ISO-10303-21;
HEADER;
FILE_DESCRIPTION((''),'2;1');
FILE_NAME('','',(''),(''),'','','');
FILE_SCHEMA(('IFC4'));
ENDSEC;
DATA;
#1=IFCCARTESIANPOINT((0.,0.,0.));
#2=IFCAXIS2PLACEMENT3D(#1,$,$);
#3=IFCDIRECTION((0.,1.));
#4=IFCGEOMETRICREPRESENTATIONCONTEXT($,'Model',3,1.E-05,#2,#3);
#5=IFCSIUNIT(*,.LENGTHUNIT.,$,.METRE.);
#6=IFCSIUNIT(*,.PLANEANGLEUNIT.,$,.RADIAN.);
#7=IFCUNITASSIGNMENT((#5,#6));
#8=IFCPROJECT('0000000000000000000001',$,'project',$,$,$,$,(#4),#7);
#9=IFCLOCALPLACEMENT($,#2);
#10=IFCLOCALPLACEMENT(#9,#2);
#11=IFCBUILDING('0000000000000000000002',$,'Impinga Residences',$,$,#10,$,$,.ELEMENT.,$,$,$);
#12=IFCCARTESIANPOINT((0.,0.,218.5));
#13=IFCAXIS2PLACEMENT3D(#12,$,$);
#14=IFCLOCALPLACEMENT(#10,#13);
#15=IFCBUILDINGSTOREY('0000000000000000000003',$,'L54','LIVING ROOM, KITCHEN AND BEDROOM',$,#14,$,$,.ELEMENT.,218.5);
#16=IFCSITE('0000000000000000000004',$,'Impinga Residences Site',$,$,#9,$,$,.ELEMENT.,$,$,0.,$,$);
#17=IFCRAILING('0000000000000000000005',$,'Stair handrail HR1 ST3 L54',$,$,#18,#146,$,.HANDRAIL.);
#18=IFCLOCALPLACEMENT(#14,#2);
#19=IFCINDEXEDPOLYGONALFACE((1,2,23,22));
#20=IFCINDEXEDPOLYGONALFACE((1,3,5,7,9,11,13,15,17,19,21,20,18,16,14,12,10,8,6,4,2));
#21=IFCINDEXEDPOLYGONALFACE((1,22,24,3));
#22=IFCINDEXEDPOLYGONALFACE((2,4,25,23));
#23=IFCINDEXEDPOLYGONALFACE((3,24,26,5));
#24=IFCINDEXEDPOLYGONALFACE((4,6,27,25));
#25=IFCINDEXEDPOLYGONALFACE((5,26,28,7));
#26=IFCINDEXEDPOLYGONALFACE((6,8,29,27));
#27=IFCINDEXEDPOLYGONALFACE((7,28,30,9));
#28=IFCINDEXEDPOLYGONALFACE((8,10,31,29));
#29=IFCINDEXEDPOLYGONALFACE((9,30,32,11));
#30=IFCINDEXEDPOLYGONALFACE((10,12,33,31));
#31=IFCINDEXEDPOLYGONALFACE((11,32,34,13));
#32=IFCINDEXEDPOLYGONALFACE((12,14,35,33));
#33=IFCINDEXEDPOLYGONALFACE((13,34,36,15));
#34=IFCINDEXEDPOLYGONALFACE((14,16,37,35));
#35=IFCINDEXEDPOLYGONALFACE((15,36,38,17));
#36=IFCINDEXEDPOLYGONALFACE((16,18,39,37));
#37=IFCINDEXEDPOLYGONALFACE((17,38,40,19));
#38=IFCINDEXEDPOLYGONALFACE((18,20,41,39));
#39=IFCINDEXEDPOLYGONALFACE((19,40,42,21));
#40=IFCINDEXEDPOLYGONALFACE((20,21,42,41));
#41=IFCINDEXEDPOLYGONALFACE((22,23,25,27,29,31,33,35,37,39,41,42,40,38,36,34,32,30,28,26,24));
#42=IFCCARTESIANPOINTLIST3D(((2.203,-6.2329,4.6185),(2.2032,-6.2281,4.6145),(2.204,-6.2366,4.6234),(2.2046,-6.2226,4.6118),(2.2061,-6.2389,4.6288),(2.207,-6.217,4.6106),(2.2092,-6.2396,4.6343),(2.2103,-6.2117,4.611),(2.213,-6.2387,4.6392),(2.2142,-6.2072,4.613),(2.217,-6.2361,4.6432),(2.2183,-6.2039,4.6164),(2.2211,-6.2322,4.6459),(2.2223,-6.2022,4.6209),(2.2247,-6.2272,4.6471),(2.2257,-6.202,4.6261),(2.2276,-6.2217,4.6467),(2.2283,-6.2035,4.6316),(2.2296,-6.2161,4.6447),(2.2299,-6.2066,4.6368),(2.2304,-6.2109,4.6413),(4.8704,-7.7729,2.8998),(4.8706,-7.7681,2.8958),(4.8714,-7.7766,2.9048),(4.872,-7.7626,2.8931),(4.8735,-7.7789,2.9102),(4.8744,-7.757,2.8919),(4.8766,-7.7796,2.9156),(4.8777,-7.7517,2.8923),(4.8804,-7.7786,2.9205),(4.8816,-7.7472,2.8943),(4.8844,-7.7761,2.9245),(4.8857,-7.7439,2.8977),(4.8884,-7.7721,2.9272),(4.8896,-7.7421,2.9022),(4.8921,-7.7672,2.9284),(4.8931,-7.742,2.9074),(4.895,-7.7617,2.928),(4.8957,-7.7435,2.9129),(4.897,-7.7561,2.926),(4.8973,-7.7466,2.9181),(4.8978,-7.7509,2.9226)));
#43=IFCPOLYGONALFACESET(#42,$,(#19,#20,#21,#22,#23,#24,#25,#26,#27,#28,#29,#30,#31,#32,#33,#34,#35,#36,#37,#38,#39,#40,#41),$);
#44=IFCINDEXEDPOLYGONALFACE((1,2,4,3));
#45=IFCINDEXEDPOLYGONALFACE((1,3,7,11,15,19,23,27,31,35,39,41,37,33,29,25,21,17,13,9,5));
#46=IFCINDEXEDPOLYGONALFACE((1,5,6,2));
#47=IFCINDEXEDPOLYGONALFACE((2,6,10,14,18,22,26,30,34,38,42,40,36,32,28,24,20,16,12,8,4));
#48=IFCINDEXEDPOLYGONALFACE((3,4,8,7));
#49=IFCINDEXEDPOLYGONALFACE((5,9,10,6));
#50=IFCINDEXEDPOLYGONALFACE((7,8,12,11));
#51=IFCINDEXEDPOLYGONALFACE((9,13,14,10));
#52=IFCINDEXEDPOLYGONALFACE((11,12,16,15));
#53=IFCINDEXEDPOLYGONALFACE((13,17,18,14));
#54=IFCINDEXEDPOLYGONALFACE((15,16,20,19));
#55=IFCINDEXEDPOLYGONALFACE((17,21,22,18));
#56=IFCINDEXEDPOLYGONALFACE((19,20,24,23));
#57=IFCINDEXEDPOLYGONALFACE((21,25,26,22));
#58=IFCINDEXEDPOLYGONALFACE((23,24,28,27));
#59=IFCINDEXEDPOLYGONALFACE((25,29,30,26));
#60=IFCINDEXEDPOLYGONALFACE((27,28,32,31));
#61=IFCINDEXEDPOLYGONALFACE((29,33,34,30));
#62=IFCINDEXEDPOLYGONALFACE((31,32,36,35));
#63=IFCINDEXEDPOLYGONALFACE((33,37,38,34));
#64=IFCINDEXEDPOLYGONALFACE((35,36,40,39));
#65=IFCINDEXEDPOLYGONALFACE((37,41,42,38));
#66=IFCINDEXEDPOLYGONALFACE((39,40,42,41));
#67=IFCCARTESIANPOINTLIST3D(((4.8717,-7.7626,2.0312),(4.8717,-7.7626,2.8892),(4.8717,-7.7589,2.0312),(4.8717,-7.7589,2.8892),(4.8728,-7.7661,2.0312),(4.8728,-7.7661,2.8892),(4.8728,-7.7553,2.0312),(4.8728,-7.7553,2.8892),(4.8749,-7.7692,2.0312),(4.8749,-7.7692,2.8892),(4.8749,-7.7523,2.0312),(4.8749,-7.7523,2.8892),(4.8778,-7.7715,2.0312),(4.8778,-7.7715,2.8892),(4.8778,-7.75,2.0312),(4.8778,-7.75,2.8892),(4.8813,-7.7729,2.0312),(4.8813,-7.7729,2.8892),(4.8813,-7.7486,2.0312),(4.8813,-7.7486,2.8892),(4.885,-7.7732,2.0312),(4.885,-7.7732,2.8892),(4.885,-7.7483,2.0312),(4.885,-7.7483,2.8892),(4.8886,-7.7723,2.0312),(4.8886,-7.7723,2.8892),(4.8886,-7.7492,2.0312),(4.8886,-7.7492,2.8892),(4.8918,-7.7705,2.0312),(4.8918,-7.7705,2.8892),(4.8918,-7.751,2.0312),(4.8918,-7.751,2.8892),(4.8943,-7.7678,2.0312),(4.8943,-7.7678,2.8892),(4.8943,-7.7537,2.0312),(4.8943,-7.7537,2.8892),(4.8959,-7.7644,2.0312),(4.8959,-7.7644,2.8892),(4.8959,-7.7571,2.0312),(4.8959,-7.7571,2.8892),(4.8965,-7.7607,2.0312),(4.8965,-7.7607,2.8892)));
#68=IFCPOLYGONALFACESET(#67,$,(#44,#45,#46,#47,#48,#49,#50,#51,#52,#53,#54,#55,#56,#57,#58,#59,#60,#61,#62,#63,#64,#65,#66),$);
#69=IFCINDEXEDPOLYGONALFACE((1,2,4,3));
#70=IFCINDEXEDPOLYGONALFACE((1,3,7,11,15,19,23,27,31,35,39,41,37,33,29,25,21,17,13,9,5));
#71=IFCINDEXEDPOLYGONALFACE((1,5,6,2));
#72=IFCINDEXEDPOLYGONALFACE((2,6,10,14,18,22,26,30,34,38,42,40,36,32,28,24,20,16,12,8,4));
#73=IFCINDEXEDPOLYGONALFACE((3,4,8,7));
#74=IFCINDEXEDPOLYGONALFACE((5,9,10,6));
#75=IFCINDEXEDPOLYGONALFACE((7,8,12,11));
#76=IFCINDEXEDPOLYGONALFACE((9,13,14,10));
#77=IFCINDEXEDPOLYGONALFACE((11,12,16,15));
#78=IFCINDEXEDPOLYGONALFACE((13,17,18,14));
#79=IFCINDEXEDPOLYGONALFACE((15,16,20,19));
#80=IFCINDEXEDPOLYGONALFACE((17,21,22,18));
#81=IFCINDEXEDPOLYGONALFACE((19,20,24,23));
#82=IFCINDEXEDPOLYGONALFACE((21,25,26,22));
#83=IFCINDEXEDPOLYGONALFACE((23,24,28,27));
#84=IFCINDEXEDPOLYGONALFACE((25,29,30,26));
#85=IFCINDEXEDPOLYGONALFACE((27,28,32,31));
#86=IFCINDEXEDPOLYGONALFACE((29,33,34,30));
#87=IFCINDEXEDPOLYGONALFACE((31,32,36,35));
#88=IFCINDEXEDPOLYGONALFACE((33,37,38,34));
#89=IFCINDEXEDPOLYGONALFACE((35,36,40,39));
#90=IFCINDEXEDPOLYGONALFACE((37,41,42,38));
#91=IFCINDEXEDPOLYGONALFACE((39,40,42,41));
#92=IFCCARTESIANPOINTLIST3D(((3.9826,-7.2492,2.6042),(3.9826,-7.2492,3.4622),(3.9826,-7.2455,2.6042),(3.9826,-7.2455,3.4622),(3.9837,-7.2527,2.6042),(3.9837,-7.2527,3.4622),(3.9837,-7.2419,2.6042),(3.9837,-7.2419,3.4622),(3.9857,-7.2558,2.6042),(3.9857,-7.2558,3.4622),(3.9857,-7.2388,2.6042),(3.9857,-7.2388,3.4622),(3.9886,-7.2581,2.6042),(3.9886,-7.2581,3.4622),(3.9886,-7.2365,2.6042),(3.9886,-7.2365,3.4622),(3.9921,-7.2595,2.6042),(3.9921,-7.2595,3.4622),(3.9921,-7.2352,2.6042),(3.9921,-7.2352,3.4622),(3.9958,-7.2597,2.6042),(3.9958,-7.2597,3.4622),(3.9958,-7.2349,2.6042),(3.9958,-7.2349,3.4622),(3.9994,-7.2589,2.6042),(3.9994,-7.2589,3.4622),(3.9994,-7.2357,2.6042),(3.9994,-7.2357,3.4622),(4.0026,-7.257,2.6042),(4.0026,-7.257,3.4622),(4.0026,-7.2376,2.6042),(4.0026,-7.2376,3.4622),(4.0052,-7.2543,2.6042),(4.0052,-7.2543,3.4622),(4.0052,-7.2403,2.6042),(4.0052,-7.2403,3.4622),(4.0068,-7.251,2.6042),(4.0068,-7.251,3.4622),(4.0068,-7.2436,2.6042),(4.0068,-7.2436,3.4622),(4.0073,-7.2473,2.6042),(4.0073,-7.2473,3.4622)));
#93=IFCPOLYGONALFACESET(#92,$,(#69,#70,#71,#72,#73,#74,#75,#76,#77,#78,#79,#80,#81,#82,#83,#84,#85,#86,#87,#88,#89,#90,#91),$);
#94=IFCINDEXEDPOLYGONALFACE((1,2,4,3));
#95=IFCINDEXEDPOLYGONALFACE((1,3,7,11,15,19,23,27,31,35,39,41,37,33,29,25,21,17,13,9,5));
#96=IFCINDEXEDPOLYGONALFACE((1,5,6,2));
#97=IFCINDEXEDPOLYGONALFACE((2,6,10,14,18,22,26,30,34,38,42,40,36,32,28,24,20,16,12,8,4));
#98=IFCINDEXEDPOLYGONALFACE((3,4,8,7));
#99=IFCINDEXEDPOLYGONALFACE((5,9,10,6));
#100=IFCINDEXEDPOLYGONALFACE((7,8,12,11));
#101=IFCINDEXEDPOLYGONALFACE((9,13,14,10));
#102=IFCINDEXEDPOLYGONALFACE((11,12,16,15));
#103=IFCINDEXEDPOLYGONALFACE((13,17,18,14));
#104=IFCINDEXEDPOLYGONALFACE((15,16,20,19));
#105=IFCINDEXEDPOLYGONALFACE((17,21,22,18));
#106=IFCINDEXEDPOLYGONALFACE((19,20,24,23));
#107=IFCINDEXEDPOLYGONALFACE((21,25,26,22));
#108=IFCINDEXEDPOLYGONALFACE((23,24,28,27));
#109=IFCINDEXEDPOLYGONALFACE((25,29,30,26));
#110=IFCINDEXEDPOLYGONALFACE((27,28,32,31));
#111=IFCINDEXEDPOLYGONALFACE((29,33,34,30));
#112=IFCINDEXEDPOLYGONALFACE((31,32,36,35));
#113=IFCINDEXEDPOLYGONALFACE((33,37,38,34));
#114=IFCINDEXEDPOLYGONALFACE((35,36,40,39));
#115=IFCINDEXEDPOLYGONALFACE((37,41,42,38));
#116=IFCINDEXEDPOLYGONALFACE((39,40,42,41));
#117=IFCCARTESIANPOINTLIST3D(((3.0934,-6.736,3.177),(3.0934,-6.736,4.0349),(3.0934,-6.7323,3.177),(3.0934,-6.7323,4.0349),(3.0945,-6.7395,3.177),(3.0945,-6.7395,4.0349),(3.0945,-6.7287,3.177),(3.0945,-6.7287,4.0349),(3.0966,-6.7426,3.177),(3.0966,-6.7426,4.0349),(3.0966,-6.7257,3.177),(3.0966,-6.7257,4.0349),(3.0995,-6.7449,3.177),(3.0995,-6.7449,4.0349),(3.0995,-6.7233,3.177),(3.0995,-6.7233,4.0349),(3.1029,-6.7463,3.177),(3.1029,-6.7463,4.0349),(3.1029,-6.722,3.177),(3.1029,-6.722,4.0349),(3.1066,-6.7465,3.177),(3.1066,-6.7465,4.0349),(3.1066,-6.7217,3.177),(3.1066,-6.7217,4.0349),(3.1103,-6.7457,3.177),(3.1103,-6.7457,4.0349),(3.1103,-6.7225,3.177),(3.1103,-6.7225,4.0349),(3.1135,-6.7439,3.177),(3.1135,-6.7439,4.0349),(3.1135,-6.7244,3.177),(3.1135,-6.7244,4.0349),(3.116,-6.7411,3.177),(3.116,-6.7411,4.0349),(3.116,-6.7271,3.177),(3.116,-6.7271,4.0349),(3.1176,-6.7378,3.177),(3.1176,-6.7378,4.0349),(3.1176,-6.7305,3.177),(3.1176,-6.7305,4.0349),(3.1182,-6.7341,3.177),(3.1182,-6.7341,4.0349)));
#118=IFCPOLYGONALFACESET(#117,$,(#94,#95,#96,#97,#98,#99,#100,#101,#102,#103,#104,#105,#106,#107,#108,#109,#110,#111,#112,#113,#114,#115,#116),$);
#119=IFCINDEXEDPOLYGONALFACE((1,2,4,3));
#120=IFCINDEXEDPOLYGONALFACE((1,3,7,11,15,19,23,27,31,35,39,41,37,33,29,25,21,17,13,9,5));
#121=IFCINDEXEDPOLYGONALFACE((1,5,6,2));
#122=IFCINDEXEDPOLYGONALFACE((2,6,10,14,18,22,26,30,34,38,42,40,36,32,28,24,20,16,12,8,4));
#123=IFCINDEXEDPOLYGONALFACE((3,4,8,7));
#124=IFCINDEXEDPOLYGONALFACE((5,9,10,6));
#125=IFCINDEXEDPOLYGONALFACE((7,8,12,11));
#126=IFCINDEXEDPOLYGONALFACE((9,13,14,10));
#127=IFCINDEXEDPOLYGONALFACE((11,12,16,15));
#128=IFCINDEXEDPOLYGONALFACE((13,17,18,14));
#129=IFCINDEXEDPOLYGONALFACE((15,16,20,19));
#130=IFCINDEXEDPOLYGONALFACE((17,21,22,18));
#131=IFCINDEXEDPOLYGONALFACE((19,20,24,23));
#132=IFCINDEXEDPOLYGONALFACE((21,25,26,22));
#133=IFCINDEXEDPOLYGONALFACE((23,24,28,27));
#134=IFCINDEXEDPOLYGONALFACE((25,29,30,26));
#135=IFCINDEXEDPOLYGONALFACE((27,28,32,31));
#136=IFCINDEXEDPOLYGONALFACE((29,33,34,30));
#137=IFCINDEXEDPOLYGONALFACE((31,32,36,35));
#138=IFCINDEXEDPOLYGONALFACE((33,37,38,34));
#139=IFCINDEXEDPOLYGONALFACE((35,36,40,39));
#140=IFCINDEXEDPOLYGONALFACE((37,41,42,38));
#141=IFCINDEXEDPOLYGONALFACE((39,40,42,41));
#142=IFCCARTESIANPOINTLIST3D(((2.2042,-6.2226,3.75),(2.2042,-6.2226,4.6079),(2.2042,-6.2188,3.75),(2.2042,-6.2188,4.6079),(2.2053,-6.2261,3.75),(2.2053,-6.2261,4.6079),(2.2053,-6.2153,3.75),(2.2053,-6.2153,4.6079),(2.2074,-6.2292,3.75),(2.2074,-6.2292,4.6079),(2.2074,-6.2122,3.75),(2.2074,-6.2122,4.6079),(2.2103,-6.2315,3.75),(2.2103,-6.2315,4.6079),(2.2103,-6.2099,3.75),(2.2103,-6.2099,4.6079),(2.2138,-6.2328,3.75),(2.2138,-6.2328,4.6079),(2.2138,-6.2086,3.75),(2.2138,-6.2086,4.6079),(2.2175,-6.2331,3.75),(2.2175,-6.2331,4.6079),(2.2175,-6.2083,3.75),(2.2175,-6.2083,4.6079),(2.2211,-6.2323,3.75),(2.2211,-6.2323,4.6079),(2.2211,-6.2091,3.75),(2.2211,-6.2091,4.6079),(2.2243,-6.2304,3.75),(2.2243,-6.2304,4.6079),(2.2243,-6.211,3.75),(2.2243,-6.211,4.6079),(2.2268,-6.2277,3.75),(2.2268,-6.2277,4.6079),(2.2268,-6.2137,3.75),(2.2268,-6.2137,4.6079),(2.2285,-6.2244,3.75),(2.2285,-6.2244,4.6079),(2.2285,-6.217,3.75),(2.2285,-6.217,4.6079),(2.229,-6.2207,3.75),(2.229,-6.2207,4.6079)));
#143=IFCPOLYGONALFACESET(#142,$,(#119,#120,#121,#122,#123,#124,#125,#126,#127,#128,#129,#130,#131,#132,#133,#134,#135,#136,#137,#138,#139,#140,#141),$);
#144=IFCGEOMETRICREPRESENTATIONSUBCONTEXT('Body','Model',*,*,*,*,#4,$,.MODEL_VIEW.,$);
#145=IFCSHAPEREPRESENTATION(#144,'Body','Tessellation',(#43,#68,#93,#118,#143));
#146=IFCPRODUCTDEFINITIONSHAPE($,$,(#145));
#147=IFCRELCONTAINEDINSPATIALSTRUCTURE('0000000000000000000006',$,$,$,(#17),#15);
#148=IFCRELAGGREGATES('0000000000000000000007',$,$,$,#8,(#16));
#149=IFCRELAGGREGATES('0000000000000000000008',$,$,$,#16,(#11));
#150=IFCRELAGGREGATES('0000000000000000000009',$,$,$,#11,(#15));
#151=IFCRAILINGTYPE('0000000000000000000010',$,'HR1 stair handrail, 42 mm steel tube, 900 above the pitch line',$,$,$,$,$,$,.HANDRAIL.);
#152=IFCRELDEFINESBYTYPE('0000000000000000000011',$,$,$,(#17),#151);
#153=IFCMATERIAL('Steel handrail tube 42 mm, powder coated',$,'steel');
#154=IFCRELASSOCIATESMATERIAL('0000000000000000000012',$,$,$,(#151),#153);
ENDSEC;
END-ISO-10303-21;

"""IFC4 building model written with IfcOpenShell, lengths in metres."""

from ifc_helpers import new_model, si_unit, direction, frame, origin, origin_2d, place, context, subcontext, project, spatial, circle, extrude, material, type_object, element, save


model = new_model("IFC4")

# Units and contexts
model_context = context("Model", 3, precision=1e-05, world=origin(), true_north=direction((0.0, 1.0)))
body_context = subcontext(model_context, "Body", "Model", "MODEL_VIEW")
ifc_project = project(units=[si_unit("LENGTHUNIT", "METRE"), si_unit("PLANEANGLEUNIT", "RADIAN")], contexts=[model_context])

# Site, building, storey
site_placement = place(None, origin())
site = spatial("IfcSite", under=ifc_project, at=site_placement, Name="Impinga Residences Site", CompositionType="ELEMENT", RefElevation=0.0)
building_placement = place(site_placement, origin())
building = spatial("IfcBuilding", under=site, at=building_placement, Name="Impinga Residences", CompositionType="ELEMENT")
storey_placement = place(building_placement, frame((0.0, 0.0, 218.5)))
storey = spatial("IfcBuildingStorey", under=building, at=storey_placement, Name="L54", Description="LIVING ROOM, KITCHEN AND BEDROOM", CompositionType="ELEMENT", Elevation=218.5)

# Railing
ifc_material_1 = material(Name="Steel handrail tube 42 mm, powder coated", Category="steel")
railing_type_1 = type_object("IfcRailingType", Name="HR1 stair handrail, 42 mm steel tube, 900 above the pitch line", PredefinedType="HANDRAIL", material=ifc_material_1)
railing_1_placement = place(storey_placement, frame((4.884, -7.7607, 2.0312)))
element("IfcRailing", 1, at=railing_1_placement, inside=storey, type_object=railing_type_1, Name="Stair handrail HR1 ST3 L54", PredefinedType="HANDRAIL", context=body_context, shape_type="SweptSolid", body=[
    extrude(circle(Radius=0.021, at=origin_2d()), frame((0.0, 0.0, 0.8789), z_axis=(-0.756256, 0.436616, 0.487282), x_axis=(-0.499992, -0.86603, 0.0)), (0.0, 0.0, 1.0), 3.5271),
    extrude(circle(Radius=0.0125, at=origin_2d()), origin(), (0.0, 0.0, 1.0), 0.8579),
    extrude(circle(Radius=0.0125, at=origin_2d()), frame((-0.8892, 0.5134, 0.573)), (0.0, 0.0, 1.0), 0.8579),
    extrude(circle(Radius=0.0125, at=origin_2d()), frame((-1.7783, 1.0266, 1.1458)), (0.0, 0.0, 1.0), 0.8579),
    extrude(circle(Radius=0.0125, at=origin_2d()), frame((-2.6675, 1.54, 1.7188)), (0.0, 0.0, 1.0), 0.8579),
])

save(model, "model.ifc")
